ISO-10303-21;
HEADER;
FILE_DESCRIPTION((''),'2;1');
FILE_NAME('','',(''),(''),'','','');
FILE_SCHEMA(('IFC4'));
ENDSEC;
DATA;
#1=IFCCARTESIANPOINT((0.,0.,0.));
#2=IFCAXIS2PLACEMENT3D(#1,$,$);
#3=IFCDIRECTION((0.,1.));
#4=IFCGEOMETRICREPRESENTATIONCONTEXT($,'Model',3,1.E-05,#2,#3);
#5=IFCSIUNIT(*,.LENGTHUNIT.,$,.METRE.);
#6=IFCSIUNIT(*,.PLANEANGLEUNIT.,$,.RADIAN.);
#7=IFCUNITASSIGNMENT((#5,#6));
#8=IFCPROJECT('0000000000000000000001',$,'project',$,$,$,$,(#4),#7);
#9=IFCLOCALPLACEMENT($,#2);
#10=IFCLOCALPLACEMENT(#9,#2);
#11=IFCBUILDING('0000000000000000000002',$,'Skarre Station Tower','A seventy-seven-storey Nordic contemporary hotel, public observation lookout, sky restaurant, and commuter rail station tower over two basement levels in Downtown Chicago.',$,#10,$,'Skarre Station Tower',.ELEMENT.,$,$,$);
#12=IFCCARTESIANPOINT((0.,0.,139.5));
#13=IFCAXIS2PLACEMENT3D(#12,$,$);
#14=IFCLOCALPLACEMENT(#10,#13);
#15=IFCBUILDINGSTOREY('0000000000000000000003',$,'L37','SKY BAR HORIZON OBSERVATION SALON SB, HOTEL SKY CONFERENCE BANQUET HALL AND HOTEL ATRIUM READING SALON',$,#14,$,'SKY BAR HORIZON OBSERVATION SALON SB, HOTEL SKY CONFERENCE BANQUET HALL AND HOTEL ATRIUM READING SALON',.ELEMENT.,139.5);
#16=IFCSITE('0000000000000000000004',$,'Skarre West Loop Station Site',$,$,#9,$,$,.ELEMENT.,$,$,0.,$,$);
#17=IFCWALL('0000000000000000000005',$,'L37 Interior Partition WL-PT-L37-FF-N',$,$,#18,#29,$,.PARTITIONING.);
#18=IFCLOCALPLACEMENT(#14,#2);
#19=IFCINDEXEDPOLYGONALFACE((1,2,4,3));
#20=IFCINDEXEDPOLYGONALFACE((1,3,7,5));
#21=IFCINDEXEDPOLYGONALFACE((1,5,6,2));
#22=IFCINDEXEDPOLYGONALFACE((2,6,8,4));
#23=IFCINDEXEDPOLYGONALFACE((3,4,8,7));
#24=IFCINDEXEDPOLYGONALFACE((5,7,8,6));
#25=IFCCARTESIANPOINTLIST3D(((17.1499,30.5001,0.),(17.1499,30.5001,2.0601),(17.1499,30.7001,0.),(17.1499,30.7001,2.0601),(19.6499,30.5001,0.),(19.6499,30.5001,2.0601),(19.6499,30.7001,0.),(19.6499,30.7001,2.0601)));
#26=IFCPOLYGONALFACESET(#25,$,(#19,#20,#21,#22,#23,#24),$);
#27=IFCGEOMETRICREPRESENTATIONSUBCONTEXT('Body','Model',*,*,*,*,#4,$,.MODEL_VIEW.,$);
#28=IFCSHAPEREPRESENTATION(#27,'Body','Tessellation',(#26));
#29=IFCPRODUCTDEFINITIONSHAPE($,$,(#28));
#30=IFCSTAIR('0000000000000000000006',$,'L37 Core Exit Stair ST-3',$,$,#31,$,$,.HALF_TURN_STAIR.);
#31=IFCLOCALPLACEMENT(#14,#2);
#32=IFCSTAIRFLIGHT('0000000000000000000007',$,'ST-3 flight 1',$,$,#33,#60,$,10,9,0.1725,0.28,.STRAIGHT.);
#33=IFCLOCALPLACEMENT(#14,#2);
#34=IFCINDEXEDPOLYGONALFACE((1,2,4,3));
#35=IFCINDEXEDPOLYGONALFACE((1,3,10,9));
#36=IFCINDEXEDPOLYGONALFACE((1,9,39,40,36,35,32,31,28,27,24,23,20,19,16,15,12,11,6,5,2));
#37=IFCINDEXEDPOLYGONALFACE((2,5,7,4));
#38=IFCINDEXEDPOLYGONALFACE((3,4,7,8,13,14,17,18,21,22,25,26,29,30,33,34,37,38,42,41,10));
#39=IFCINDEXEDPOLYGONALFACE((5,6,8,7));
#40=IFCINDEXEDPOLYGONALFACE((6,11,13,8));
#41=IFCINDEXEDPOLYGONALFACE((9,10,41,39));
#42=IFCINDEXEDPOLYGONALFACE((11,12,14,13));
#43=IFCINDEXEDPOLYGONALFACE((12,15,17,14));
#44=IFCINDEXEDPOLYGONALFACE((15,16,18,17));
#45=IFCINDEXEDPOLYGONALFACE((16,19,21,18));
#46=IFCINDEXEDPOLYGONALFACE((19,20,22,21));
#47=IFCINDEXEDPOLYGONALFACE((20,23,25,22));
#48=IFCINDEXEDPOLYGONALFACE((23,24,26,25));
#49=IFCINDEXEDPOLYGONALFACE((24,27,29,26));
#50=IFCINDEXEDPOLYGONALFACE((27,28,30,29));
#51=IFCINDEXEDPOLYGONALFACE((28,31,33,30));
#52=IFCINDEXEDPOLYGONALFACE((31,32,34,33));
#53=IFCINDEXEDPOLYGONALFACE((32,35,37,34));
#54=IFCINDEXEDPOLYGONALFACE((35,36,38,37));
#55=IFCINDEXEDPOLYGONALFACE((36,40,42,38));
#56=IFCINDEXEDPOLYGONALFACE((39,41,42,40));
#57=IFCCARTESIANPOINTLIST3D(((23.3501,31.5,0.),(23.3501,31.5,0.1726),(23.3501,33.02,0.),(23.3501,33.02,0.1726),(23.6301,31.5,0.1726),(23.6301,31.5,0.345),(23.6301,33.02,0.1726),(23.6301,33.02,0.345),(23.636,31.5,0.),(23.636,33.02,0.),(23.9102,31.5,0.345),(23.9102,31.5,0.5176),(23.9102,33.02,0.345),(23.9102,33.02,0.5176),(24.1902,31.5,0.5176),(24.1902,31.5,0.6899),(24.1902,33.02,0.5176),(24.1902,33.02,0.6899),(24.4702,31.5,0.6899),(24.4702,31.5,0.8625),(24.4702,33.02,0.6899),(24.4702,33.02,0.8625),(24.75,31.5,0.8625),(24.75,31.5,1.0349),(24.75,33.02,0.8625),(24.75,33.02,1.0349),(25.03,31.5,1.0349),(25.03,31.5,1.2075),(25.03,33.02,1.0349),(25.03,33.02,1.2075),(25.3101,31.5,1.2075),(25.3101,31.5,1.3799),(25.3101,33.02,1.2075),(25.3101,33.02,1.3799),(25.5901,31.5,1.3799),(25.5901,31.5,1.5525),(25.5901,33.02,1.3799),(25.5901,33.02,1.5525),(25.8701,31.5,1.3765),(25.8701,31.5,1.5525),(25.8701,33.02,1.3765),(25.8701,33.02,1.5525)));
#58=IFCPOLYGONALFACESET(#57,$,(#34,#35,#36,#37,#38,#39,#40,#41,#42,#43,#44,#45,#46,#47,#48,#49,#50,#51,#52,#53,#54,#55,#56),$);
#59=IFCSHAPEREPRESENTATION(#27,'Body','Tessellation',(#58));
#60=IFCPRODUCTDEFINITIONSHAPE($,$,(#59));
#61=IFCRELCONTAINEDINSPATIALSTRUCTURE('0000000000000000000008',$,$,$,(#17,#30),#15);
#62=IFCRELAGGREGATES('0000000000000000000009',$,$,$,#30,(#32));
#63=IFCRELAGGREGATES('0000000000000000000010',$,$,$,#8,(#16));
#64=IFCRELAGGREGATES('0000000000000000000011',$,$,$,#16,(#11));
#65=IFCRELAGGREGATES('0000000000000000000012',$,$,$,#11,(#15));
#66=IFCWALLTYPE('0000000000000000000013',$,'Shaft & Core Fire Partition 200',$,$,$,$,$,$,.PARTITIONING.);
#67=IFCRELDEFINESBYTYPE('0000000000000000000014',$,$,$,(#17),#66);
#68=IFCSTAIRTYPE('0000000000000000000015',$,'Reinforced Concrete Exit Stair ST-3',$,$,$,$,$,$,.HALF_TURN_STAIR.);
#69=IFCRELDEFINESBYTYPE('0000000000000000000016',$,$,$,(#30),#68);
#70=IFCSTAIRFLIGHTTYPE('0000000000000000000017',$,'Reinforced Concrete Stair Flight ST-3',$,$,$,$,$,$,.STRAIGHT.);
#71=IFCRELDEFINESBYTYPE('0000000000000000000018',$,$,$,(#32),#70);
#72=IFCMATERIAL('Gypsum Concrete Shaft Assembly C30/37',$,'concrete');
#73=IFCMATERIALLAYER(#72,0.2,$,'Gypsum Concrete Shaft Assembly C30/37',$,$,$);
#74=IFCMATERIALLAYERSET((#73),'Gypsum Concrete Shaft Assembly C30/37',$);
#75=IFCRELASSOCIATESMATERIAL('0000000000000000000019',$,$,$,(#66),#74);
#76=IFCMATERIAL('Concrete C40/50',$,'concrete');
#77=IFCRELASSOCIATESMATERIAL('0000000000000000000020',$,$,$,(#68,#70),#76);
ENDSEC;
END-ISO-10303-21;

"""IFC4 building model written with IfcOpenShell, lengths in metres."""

from ifc_helpers import new_model, si_unit, direction, frame, frame_2d, origin, place, context, subcontext, project, spatial, polyline, rectangle, outline, extrude, material, layer, layer_set, type_object, element, aggregate, save


model = new_model("IFC4")

# Units and contexts
model_context = context("Model", 3, precision=1e-05, world=origin(), true_north=direction((0.0, 1.0)))
body_context = subcontext(model_context, "Body", "Model", "MODEL_VIEW")
ifc_project = project(units=[si_unit("LENGTHUNIT", "METRE"), si_unit("PLANEANGLEUNIT", "RADIAN")], contexts=[model_context])

# Site, building, storey
site_placement = place(None, origin())
site = spatial("IfcSite", under=ifc_project, at=site_placement, Name="Skarre West Loop Station Site", CompositionType="ELEMENT", RefElevation=0.0)
building_placement = place(site_placement, origin())
building = spatial("IfcBuilding", under=site, at=building_placement, Name="Skarre Station Tower", Description="A seventy-seven-storey Nordic contemporary hotel, public observation lookout, sky restaurant, and commuter rail station tower over two basement levels in Downtown Chicago.", LongName="Skarre Station Tower", CompositionType="ELEMENT")
storey_placement = place(building_placement, frame((0.0, 0.0, 139.5)))
storey = spatial("IfcBuildingStorey", under=building, at=storey_placement, Name="L37", Description="SKY BAR HORIZON OBSERVATION SALON SB, HOTEL SKY CONFERENCE BANQUET HALL AND HOTEL ATRIUM READING SALON", LongName="SKY BAR HORIZON OBSERVATION SALON SB, HOTEL SKY CONFERENCE BANQUET HALL AND HOTEL ATRIUM READING SALON", CompositionType="ELEMENT", Elevation=139.5)

# Wall
ifc_material_1 = material(Name="Gypsum Concrete Shaft Assembly C30/37", Category="concrete")
ifc_layer_1 = layer(ifc_material_1, 0.2, Name="Gypsum Concrete Shaft Assembly C30/37")
ifc_layer_set_1 = layer_set([ifc_layer_1], Name="Gypsum Concrete Shaft Assembly C30/37")
wall_type_1 = type_object("IfcWallType", Name="Shaft & Core Fire Partition 200", PredefinedType="PARTITIONING", material=ifc_layer_set_1)
wall_1_placement = place(storey_placement, frame((19.6499, 30.6001, 0.0), z_axis=(0.0, 0.0, 1.0), x_axis=(-1.0, 0.0, 0.0)))
element("IfcWall", 1, at=wall_1_placement, inside=storey, type_object=wall_type_1, Name="L37 Interior Partition WL-PT-L37-FF-N", PredefinedType="PARTITIONING", context=body_context, shape_type="SweptSolid", body=[
    extrude(rectangle(XDim=2.5, YDim=0.2, at=frame_2d((1.25, 0.0))), origin(), (0.0, 0.0, 1.0), 2.0601),
])

# Stair, stair flight
ifc_material_2 = material(Name="Concrete C40/50", Category="concrete")
stair_type = type_object("IfcStairType", Name="Reinforced Concrete Exit Stair ST-3", PredefinedType="HALF_TURN_STAIR", material=ifc_material_2)
stair_placement = place(storey_placement, origin())
stair = element("IfcStair", 2, at=stair_placement, inside=storey, type_object=stair_type, Name="L37 Core Exit Stair ST-3", PredefinedType="HALF_TURN_STAIR")
stair_flight_type = type_object("IfcStairFlightType", Name="Reinforced Concrete Stair Flight ST-3", PredefinedType="STRAIGHT", material=ifc_material_2)
stair_flight_placement = place(storey_placement, frame((23.3501, 32.26, 0.0), z_axis=(0.0, 0.0, 1.0), x_axis=(1.0, 0.0, 0.0)))
stair_flight = element("IfcStairFlight", 3, at=stair_flight_placement, type_object=stair_flight_type, Name="ST-3 flight 1", NumberOfRisers=10, NumberOfTreads=9, PredefinedType="STRAIGHT", RiserHeight=0.1725, TreadLength=0.28, context=body_context, shape_type="SweptSolid", body=[
    extrude(outline(polyline([(0.0, 0.0), (0.0, 0.1726), (0.28, 0.1726), (0.28, 0.345), (0.5601, 0.345), (0.5601, 0.5176), (0.8401, 0.5176), (0.8401, 0.6899), (1.1201, 0.6899), (1.1201, 0.8625), (1.3999, 0.8625), (1.3999, 1.0349), (1.6799, 1.0349), (1.6799, 1.2075), (1.96, 1.2075), (1.96, 1.3799), (2.24, 1.3799), (2.24, 1.5525), (2.52, 1.5525), (2.52, 1.7251), (2.52, 1.3765), (0.2859, 0.0), (0.0, 0.0)])), frame((0.0, 0.76, 0.0), z_axis=(0.0, -1.0, 0.0), x_axis=(1.0, 0.0, 0.0)), (0.0, 0.0, 1.0), 1.52),
])
aggregate(stair, [stair_flight])

save(model, "model.ifc")
